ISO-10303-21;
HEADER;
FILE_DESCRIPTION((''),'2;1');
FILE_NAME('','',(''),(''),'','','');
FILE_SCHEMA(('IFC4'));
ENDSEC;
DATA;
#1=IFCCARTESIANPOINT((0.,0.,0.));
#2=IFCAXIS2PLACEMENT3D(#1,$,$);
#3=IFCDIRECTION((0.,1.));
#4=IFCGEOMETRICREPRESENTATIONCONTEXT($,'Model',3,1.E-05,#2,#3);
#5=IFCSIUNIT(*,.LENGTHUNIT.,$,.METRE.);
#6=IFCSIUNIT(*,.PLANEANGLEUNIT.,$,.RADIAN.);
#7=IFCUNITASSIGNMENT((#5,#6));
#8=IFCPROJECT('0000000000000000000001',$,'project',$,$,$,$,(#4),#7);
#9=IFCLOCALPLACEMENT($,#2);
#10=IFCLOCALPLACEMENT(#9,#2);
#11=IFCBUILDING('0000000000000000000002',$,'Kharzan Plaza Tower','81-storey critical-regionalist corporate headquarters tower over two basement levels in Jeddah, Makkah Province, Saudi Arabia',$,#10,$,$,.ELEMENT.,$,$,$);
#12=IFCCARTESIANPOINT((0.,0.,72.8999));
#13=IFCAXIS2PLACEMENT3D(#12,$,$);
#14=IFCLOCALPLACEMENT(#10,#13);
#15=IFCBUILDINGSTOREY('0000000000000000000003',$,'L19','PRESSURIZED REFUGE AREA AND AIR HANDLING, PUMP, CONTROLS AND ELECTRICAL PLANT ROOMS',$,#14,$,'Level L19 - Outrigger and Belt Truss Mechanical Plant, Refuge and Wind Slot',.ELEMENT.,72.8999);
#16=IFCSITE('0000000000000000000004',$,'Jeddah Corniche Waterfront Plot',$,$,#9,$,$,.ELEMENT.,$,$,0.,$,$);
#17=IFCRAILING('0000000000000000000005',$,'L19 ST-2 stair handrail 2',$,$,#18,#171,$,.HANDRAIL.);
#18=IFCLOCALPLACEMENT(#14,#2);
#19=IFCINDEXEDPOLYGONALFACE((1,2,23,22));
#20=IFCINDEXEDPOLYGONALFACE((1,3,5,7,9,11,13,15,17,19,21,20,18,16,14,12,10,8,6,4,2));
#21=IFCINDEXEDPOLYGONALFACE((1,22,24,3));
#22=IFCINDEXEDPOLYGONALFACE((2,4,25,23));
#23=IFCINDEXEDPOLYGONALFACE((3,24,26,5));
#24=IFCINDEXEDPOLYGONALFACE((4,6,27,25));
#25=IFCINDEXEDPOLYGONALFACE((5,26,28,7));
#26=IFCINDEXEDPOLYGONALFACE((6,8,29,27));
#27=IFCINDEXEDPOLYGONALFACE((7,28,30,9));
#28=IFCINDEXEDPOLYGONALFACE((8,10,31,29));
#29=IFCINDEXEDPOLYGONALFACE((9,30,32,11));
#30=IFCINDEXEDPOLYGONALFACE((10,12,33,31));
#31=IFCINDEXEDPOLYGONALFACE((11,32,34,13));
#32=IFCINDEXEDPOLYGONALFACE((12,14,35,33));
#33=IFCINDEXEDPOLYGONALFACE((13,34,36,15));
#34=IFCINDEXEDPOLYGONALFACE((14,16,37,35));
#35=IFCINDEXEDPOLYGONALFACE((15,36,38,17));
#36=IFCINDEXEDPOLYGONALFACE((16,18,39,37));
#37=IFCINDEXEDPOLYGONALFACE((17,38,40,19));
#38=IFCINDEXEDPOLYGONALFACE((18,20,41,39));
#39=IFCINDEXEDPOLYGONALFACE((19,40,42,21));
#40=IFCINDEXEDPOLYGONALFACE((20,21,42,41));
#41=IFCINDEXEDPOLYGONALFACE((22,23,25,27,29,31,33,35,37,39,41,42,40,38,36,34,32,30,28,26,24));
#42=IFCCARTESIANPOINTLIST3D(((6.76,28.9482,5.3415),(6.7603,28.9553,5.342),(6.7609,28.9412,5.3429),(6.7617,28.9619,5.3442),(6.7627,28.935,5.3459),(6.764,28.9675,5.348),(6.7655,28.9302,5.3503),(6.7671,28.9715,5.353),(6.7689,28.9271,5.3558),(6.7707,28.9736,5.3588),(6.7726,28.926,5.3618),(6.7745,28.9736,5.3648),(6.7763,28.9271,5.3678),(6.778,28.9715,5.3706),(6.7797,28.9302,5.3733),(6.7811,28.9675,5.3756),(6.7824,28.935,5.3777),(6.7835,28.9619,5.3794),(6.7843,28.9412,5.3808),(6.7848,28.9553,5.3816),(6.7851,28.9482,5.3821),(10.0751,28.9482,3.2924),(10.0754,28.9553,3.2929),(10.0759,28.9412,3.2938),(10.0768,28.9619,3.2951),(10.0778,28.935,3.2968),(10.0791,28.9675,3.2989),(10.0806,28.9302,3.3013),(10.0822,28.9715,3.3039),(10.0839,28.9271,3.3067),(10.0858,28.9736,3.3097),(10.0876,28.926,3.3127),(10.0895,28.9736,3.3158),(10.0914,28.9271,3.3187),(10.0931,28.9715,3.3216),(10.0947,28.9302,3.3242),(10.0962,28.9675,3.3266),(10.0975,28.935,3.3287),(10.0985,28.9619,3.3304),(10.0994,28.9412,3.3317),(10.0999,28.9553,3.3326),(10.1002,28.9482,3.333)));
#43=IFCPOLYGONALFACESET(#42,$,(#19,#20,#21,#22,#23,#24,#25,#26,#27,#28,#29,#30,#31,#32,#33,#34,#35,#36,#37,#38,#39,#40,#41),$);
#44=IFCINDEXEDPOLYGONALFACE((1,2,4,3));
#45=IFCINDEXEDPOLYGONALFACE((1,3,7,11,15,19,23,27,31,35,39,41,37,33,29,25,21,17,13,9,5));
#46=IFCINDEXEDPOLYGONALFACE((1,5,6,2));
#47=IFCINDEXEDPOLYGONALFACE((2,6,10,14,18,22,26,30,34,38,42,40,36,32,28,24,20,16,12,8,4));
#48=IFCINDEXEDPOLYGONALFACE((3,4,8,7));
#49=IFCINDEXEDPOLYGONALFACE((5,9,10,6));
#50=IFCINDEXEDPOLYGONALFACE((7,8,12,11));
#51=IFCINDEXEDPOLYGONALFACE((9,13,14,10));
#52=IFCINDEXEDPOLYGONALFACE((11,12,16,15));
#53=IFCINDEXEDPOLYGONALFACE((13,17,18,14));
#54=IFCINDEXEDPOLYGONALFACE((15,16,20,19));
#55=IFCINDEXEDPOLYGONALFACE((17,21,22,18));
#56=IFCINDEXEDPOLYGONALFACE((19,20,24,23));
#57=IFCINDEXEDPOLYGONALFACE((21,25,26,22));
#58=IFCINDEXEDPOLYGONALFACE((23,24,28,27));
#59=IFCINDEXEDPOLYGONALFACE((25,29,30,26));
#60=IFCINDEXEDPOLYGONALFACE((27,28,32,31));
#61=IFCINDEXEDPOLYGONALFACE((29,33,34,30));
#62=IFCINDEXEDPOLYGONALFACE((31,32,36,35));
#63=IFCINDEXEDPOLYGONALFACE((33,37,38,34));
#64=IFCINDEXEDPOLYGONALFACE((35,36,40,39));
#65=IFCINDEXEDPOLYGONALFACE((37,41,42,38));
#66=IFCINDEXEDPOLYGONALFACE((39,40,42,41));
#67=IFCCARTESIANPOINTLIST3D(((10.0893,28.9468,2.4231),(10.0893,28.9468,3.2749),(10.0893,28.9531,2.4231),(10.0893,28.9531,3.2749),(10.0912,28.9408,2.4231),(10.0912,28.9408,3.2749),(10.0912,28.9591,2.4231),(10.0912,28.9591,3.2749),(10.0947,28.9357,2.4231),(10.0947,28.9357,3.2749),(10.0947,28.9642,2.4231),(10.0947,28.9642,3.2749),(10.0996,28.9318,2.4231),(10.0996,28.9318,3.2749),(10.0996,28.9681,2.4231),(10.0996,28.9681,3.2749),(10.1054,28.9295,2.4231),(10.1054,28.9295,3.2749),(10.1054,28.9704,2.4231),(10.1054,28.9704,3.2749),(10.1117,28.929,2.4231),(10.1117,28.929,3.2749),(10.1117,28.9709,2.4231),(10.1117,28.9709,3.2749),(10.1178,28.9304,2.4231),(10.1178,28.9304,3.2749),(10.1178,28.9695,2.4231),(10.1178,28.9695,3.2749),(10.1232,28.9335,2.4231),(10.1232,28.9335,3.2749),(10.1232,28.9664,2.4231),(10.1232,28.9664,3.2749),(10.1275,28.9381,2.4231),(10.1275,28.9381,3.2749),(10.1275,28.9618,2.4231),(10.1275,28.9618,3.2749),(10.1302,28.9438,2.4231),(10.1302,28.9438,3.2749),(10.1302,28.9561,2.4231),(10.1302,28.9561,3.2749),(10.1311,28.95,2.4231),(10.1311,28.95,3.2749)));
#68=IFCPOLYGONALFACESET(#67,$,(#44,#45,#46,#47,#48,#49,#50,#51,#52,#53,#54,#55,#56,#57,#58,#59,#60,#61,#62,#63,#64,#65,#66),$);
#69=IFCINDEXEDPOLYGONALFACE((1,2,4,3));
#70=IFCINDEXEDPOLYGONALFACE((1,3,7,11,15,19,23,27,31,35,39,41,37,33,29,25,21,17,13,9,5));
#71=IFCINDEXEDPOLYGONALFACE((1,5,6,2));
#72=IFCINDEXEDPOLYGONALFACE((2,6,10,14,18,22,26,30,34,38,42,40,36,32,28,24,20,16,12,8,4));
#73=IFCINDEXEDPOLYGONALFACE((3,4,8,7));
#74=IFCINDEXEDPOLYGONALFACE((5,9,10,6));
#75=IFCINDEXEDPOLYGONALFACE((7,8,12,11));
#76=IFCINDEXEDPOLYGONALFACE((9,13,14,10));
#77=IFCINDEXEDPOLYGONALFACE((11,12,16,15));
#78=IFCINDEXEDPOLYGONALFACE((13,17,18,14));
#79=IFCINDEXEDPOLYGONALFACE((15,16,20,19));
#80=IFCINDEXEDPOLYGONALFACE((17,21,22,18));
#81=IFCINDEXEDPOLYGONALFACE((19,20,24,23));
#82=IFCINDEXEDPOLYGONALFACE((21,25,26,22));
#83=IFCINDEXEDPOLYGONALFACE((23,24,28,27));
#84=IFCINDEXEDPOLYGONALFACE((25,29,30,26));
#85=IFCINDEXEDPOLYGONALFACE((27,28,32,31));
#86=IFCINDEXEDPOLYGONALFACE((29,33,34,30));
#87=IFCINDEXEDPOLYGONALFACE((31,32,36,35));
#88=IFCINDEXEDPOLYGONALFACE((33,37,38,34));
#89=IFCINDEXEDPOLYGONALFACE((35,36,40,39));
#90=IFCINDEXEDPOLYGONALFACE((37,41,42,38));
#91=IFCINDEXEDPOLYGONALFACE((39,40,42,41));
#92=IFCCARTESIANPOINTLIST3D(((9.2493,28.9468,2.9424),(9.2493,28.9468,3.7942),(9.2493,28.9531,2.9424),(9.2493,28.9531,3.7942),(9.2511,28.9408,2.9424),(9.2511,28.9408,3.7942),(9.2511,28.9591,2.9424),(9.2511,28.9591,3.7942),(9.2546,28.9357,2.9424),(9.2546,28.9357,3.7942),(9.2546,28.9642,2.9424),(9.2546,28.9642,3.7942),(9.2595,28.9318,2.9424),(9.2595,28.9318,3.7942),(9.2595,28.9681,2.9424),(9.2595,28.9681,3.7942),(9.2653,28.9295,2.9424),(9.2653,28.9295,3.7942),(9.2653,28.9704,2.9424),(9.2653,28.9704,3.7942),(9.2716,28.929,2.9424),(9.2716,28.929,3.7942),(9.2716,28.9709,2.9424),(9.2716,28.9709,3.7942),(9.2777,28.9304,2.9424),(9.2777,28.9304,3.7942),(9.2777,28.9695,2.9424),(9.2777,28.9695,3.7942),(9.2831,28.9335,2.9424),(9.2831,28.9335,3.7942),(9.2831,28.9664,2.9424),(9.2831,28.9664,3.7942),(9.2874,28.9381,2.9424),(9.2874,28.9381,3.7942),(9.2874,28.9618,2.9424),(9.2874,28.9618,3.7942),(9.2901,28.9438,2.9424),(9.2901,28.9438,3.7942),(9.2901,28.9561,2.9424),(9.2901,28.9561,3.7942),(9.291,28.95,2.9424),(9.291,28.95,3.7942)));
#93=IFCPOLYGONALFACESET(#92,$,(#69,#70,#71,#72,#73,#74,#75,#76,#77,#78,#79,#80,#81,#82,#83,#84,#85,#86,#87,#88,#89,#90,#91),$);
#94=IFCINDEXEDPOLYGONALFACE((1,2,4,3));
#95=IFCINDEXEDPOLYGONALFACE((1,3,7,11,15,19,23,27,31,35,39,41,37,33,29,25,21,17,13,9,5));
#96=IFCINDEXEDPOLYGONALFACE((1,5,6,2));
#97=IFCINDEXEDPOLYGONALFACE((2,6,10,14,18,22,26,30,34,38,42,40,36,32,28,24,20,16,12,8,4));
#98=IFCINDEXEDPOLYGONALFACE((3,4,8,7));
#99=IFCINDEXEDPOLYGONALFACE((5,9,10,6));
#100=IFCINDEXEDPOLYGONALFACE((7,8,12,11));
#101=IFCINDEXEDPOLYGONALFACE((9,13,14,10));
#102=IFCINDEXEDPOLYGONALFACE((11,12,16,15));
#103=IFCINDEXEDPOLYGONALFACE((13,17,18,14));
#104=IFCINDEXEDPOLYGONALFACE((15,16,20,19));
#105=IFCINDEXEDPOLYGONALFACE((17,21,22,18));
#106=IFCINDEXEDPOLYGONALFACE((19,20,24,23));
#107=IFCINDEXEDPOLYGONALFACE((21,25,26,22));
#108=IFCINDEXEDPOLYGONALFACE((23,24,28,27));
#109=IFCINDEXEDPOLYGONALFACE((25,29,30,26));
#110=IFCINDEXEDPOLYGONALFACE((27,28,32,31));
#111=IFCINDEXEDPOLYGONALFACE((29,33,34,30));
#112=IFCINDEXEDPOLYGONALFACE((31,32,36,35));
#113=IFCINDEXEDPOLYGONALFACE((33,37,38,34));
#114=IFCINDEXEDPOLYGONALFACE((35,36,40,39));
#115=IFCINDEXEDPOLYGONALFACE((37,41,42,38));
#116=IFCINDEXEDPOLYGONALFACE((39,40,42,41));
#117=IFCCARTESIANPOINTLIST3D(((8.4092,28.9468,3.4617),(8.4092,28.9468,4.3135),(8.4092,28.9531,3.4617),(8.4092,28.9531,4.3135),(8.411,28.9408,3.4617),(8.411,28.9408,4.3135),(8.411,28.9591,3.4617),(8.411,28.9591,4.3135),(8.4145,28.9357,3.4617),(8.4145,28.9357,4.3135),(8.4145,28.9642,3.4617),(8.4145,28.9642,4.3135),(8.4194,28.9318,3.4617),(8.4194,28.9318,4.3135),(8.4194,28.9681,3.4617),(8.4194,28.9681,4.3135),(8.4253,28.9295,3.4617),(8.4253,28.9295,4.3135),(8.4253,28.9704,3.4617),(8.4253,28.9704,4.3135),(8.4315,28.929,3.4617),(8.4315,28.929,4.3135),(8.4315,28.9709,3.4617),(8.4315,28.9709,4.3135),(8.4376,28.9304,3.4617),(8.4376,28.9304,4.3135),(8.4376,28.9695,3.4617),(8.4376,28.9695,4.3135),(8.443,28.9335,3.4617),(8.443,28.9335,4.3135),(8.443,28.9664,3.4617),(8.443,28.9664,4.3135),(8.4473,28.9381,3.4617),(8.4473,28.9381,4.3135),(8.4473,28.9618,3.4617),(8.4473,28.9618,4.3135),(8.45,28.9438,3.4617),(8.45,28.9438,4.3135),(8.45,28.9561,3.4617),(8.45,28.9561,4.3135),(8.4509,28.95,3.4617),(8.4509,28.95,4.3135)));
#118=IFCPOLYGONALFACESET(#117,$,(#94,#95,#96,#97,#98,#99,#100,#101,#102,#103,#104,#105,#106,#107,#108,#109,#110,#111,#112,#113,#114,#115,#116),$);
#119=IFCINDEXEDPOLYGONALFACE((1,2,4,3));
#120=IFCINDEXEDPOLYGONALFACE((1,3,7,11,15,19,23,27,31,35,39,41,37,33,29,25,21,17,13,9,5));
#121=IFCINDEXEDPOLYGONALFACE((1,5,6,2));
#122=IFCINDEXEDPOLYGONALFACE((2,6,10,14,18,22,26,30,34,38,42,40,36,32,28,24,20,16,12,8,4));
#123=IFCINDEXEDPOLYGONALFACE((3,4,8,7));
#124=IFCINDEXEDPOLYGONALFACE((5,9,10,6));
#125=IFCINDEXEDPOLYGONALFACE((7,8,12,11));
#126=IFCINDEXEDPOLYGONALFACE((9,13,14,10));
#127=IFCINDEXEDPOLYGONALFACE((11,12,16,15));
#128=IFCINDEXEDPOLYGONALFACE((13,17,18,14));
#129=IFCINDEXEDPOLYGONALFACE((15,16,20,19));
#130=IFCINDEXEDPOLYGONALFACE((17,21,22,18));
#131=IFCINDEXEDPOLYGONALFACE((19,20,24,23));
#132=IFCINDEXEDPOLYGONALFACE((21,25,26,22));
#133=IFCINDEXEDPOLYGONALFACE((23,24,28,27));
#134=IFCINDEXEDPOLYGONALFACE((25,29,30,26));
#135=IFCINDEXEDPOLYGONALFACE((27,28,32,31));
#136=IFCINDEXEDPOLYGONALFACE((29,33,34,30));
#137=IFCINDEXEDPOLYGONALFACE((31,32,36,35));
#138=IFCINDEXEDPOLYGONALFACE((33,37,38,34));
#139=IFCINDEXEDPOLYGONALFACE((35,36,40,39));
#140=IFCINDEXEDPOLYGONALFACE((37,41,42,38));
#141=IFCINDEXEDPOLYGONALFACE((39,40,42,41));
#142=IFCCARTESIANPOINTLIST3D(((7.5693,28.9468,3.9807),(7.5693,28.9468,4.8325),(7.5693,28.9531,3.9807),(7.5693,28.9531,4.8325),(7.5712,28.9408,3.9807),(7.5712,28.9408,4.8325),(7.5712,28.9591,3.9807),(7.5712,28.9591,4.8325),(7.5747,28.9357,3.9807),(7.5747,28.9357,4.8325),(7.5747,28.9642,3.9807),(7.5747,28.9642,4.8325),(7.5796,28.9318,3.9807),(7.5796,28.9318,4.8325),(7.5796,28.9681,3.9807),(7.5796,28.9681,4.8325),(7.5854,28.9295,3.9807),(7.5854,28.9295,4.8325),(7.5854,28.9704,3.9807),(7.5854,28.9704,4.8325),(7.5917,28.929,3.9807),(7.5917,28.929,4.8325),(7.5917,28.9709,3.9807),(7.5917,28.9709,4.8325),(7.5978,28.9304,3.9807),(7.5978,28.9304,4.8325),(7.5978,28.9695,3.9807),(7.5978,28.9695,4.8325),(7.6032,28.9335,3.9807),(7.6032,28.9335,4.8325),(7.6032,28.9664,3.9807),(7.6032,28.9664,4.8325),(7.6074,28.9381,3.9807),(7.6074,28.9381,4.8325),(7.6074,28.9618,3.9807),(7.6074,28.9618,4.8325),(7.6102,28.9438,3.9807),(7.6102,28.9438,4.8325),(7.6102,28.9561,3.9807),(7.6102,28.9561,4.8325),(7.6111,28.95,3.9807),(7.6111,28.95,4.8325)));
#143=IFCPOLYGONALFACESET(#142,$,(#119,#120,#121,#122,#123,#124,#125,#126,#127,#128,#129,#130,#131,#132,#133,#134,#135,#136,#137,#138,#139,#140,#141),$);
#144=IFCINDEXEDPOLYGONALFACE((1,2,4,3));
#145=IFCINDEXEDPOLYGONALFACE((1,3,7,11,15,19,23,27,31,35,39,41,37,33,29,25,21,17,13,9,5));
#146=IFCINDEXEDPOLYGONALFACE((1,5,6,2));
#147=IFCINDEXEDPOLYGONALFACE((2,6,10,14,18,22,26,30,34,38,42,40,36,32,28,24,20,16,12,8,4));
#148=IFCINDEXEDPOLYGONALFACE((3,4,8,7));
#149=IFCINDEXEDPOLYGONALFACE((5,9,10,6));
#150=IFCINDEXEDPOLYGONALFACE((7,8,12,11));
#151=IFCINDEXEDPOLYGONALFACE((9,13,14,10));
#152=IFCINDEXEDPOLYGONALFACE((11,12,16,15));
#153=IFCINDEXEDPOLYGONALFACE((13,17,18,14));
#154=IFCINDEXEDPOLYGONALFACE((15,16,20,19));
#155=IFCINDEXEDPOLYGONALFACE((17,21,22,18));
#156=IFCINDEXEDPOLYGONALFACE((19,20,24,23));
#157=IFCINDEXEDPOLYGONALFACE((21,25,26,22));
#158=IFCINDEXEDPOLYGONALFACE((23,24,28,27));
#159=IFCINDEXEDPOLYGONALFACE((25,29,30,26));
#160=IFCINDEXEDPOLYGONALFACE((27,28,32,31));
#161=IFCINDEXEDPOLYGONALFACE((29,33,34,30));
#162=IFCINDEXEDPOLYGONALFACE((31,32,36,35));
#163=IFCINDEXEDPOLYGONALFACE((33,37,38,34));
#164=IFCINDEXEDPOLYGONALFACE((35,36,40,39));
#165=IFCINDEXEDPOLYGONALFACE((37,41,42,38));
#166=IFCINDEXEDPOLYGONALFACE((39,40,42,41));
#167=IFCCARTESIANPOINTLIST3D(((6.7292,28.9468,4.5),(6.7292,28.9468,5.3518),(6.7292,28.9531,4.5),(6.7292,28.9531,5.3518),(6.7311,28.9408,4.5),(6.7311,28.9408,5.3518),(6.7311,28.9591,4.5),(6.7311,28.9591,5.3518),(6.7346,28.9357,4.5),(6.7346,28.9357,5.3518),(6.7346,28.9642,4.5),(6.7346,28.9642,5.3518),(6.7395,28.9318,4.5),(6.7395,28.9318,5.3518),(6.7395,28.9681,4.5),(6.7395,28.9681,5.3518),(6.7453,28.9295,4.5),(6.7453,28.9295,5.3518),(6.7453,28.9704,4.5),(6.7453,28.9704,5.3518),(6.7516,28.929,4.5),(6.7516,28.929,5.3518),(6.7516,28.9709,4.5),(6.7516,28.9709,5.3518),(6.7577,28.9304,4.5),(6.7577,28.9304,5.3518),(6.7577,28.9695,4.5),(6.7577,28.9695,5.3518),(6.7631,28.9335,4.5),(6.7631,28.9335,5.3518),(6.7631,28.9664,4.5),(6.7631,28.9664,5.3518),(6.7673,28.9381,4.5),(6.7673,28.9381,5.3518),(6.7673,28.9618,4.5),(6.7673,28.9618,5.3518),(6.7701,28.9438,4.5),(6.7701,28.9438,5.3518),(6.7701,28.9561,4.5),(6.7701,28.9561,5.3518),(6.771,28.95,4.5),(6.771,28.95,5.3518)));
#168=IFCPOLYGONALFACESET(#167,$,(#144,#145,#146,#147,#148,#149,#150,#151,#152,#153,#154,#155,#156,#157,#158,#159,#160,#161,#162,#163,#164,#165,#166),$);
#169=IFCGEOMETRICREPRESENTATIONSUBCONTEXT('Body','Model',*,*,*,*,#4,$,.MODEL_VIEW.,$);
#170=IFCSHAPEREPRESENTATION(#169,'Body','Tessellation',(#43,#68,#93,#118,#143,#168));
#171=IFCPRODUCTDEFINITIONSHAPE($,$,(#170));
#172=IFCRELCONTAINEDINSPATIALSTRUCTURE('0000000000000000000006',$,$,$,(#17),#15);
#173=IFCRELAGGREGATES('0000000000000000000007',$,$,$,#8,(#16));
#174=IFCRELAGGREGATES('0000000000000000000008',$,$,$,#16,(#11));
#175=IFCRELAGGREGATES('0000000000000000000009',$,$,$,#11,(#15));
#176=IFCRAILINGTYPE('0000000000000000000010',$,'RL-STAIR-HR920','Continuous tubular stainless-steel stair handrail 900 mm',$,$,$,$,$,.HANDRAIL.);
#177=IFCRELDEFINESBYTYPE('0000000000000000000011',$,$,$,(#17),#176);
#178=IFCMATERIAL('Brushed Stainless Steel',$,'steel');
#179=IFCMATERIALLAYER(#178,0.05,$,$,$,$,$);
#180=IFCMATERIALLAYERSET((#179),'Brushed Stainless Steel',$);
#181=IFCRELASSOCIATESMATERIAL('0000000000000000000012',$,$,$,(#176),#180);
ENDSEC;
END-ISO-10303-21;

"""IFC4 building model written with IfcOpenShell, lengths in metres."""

from ifc_helpers import new_model, si_unit, direction, frame, origin, origin_2d, place, context, subcontext, project, spatial, circle, extrude, source, transform, mapped, material, layer, layer_set, type_object, element, save


model = new_model("IFC4")

# Units and contexts
model_context = context("Model", 3, precision=1e-05, world=origin(), true_north=direction((0.0, 1.0)))
body_context = subcontext(model_context, "Body", "Model", "MODEL_VIEW")
ifc_project = project(units=[si_unit("LENGTHUNIT", "METRE"), si_unit("PLANEANGLEUNIT", "RADIAN")], contexts=[model_context])

# Site, building, storey
site_placement = place(None, origin())
site = spatial("IfcSite", under=ifc_project, at=site_placement, Name="Jeddah Corniche Waterfront Plot", CompositionType="ELEMENT", RefElevation=0.0)
building_placement = place(site_placement, origin())
building = spatial("IfcBuilding", under=site, at=building_placement, Name="Kharzan Plaza Tower", Description="81-storey critical-regionalist corporate headquarters tower over two basement levels in Jeddah, Makkah Province, Saudi Arabia", CompositionType="ELEMENT")
storey_placement = place(building_placement, frame((0.0, 0.0, 72.8999)))
storey = spatial("IfcBuildingStorey", under=building, at=storey_placement, Name="L19", Description="PRESSURIZED REFUGE AREA AND AIR HANDLING, PUMP, CONTROLS AND ELECTRICAL PLANT ROOMS", LongName="Level L19 - Outrigger and Belt Truss Mechanical Plant, Refuge and Wind Slot", CompositionType="ELEMENT", Elevation=72.8999)

# Shared definitions
ifc_material_1 = material(Name="Brushed Stainless Steel", Category="steel")

# Railing
ifc_layer_1 = layer(ifc_material_1, 0.05)
ifc_layer_set_1 = layer_set([ifc_layer_1], Name="Brushed Stainless Steel")
railing_type_1 = type_object("IfcRailingType", Name="RL-STAIR-HR920", Description="Continuous tubular stainless-steel stair handrail 900 mm", PredefinedType="HANDRAIL", material=ifc_layer_set_1)
shared_shape_1 = source(origin(), body_context, "Body", "SweptSolid", [
    extrude(circle(Radius=0.0239, at=origin_2d()), frame((-0.0225, 0.0, 0.8896), z_axis=(-0.850623, 0.0, 0.525776), x_axis=(0.0, -1.0, 0.0)), (0.0, 0.0, 1.0), 3.8972),
    extrude(circle(Radius=0.021, at=origin_2d()), origin(), (0.0, 0.0, 1.0), 0.8518),
    extrude(circle(Radius=0.021, at=origin_2d()), frame((-0.8401, 0.0, 0.5193)), (0.0, 0.0, 1.0), 0.8518),
    extrude(circle(Radius=0.021, at=origin_2d()), frame((-1.6802, 0.0, 1.0386)), (0.0, 0.0, 1.0), 0.8518),
    extrude(circle(Radius=0.021, at=origin_2d()), frame((-2.52, 0.0, 1.5576)), (0.0, 0.0, 1.0), 0.8518),
    extrude(circle(Radius=0.021, at=origin_2d()), frame((-3.3601, 0.0, 2.0769)), (0.0, 0.0, 1.0), 0.8518),
])
railing_1_placement = place(storey_placement, frame((10.1101, 28.95, 2.4231)))
element("IfcRailing", 1, at=railing_1_placement, inside=storey, type_object=railing_type_1, Name="L19 ST-2 stair handrail 2", PredefinedType="HANDRAIL", context=body_context, shape_type="MappedRepresentation", body=[
    mapped(shared_shape_1, transform((0.0, 0.0, 0.0), x_axis=(1.0, 0.0, 0.0), y_axis=(0.0, 1.0, 0.0), z_axis=(0.0, 0.0, 1.0))),
])

save(model, "model.ifc")
